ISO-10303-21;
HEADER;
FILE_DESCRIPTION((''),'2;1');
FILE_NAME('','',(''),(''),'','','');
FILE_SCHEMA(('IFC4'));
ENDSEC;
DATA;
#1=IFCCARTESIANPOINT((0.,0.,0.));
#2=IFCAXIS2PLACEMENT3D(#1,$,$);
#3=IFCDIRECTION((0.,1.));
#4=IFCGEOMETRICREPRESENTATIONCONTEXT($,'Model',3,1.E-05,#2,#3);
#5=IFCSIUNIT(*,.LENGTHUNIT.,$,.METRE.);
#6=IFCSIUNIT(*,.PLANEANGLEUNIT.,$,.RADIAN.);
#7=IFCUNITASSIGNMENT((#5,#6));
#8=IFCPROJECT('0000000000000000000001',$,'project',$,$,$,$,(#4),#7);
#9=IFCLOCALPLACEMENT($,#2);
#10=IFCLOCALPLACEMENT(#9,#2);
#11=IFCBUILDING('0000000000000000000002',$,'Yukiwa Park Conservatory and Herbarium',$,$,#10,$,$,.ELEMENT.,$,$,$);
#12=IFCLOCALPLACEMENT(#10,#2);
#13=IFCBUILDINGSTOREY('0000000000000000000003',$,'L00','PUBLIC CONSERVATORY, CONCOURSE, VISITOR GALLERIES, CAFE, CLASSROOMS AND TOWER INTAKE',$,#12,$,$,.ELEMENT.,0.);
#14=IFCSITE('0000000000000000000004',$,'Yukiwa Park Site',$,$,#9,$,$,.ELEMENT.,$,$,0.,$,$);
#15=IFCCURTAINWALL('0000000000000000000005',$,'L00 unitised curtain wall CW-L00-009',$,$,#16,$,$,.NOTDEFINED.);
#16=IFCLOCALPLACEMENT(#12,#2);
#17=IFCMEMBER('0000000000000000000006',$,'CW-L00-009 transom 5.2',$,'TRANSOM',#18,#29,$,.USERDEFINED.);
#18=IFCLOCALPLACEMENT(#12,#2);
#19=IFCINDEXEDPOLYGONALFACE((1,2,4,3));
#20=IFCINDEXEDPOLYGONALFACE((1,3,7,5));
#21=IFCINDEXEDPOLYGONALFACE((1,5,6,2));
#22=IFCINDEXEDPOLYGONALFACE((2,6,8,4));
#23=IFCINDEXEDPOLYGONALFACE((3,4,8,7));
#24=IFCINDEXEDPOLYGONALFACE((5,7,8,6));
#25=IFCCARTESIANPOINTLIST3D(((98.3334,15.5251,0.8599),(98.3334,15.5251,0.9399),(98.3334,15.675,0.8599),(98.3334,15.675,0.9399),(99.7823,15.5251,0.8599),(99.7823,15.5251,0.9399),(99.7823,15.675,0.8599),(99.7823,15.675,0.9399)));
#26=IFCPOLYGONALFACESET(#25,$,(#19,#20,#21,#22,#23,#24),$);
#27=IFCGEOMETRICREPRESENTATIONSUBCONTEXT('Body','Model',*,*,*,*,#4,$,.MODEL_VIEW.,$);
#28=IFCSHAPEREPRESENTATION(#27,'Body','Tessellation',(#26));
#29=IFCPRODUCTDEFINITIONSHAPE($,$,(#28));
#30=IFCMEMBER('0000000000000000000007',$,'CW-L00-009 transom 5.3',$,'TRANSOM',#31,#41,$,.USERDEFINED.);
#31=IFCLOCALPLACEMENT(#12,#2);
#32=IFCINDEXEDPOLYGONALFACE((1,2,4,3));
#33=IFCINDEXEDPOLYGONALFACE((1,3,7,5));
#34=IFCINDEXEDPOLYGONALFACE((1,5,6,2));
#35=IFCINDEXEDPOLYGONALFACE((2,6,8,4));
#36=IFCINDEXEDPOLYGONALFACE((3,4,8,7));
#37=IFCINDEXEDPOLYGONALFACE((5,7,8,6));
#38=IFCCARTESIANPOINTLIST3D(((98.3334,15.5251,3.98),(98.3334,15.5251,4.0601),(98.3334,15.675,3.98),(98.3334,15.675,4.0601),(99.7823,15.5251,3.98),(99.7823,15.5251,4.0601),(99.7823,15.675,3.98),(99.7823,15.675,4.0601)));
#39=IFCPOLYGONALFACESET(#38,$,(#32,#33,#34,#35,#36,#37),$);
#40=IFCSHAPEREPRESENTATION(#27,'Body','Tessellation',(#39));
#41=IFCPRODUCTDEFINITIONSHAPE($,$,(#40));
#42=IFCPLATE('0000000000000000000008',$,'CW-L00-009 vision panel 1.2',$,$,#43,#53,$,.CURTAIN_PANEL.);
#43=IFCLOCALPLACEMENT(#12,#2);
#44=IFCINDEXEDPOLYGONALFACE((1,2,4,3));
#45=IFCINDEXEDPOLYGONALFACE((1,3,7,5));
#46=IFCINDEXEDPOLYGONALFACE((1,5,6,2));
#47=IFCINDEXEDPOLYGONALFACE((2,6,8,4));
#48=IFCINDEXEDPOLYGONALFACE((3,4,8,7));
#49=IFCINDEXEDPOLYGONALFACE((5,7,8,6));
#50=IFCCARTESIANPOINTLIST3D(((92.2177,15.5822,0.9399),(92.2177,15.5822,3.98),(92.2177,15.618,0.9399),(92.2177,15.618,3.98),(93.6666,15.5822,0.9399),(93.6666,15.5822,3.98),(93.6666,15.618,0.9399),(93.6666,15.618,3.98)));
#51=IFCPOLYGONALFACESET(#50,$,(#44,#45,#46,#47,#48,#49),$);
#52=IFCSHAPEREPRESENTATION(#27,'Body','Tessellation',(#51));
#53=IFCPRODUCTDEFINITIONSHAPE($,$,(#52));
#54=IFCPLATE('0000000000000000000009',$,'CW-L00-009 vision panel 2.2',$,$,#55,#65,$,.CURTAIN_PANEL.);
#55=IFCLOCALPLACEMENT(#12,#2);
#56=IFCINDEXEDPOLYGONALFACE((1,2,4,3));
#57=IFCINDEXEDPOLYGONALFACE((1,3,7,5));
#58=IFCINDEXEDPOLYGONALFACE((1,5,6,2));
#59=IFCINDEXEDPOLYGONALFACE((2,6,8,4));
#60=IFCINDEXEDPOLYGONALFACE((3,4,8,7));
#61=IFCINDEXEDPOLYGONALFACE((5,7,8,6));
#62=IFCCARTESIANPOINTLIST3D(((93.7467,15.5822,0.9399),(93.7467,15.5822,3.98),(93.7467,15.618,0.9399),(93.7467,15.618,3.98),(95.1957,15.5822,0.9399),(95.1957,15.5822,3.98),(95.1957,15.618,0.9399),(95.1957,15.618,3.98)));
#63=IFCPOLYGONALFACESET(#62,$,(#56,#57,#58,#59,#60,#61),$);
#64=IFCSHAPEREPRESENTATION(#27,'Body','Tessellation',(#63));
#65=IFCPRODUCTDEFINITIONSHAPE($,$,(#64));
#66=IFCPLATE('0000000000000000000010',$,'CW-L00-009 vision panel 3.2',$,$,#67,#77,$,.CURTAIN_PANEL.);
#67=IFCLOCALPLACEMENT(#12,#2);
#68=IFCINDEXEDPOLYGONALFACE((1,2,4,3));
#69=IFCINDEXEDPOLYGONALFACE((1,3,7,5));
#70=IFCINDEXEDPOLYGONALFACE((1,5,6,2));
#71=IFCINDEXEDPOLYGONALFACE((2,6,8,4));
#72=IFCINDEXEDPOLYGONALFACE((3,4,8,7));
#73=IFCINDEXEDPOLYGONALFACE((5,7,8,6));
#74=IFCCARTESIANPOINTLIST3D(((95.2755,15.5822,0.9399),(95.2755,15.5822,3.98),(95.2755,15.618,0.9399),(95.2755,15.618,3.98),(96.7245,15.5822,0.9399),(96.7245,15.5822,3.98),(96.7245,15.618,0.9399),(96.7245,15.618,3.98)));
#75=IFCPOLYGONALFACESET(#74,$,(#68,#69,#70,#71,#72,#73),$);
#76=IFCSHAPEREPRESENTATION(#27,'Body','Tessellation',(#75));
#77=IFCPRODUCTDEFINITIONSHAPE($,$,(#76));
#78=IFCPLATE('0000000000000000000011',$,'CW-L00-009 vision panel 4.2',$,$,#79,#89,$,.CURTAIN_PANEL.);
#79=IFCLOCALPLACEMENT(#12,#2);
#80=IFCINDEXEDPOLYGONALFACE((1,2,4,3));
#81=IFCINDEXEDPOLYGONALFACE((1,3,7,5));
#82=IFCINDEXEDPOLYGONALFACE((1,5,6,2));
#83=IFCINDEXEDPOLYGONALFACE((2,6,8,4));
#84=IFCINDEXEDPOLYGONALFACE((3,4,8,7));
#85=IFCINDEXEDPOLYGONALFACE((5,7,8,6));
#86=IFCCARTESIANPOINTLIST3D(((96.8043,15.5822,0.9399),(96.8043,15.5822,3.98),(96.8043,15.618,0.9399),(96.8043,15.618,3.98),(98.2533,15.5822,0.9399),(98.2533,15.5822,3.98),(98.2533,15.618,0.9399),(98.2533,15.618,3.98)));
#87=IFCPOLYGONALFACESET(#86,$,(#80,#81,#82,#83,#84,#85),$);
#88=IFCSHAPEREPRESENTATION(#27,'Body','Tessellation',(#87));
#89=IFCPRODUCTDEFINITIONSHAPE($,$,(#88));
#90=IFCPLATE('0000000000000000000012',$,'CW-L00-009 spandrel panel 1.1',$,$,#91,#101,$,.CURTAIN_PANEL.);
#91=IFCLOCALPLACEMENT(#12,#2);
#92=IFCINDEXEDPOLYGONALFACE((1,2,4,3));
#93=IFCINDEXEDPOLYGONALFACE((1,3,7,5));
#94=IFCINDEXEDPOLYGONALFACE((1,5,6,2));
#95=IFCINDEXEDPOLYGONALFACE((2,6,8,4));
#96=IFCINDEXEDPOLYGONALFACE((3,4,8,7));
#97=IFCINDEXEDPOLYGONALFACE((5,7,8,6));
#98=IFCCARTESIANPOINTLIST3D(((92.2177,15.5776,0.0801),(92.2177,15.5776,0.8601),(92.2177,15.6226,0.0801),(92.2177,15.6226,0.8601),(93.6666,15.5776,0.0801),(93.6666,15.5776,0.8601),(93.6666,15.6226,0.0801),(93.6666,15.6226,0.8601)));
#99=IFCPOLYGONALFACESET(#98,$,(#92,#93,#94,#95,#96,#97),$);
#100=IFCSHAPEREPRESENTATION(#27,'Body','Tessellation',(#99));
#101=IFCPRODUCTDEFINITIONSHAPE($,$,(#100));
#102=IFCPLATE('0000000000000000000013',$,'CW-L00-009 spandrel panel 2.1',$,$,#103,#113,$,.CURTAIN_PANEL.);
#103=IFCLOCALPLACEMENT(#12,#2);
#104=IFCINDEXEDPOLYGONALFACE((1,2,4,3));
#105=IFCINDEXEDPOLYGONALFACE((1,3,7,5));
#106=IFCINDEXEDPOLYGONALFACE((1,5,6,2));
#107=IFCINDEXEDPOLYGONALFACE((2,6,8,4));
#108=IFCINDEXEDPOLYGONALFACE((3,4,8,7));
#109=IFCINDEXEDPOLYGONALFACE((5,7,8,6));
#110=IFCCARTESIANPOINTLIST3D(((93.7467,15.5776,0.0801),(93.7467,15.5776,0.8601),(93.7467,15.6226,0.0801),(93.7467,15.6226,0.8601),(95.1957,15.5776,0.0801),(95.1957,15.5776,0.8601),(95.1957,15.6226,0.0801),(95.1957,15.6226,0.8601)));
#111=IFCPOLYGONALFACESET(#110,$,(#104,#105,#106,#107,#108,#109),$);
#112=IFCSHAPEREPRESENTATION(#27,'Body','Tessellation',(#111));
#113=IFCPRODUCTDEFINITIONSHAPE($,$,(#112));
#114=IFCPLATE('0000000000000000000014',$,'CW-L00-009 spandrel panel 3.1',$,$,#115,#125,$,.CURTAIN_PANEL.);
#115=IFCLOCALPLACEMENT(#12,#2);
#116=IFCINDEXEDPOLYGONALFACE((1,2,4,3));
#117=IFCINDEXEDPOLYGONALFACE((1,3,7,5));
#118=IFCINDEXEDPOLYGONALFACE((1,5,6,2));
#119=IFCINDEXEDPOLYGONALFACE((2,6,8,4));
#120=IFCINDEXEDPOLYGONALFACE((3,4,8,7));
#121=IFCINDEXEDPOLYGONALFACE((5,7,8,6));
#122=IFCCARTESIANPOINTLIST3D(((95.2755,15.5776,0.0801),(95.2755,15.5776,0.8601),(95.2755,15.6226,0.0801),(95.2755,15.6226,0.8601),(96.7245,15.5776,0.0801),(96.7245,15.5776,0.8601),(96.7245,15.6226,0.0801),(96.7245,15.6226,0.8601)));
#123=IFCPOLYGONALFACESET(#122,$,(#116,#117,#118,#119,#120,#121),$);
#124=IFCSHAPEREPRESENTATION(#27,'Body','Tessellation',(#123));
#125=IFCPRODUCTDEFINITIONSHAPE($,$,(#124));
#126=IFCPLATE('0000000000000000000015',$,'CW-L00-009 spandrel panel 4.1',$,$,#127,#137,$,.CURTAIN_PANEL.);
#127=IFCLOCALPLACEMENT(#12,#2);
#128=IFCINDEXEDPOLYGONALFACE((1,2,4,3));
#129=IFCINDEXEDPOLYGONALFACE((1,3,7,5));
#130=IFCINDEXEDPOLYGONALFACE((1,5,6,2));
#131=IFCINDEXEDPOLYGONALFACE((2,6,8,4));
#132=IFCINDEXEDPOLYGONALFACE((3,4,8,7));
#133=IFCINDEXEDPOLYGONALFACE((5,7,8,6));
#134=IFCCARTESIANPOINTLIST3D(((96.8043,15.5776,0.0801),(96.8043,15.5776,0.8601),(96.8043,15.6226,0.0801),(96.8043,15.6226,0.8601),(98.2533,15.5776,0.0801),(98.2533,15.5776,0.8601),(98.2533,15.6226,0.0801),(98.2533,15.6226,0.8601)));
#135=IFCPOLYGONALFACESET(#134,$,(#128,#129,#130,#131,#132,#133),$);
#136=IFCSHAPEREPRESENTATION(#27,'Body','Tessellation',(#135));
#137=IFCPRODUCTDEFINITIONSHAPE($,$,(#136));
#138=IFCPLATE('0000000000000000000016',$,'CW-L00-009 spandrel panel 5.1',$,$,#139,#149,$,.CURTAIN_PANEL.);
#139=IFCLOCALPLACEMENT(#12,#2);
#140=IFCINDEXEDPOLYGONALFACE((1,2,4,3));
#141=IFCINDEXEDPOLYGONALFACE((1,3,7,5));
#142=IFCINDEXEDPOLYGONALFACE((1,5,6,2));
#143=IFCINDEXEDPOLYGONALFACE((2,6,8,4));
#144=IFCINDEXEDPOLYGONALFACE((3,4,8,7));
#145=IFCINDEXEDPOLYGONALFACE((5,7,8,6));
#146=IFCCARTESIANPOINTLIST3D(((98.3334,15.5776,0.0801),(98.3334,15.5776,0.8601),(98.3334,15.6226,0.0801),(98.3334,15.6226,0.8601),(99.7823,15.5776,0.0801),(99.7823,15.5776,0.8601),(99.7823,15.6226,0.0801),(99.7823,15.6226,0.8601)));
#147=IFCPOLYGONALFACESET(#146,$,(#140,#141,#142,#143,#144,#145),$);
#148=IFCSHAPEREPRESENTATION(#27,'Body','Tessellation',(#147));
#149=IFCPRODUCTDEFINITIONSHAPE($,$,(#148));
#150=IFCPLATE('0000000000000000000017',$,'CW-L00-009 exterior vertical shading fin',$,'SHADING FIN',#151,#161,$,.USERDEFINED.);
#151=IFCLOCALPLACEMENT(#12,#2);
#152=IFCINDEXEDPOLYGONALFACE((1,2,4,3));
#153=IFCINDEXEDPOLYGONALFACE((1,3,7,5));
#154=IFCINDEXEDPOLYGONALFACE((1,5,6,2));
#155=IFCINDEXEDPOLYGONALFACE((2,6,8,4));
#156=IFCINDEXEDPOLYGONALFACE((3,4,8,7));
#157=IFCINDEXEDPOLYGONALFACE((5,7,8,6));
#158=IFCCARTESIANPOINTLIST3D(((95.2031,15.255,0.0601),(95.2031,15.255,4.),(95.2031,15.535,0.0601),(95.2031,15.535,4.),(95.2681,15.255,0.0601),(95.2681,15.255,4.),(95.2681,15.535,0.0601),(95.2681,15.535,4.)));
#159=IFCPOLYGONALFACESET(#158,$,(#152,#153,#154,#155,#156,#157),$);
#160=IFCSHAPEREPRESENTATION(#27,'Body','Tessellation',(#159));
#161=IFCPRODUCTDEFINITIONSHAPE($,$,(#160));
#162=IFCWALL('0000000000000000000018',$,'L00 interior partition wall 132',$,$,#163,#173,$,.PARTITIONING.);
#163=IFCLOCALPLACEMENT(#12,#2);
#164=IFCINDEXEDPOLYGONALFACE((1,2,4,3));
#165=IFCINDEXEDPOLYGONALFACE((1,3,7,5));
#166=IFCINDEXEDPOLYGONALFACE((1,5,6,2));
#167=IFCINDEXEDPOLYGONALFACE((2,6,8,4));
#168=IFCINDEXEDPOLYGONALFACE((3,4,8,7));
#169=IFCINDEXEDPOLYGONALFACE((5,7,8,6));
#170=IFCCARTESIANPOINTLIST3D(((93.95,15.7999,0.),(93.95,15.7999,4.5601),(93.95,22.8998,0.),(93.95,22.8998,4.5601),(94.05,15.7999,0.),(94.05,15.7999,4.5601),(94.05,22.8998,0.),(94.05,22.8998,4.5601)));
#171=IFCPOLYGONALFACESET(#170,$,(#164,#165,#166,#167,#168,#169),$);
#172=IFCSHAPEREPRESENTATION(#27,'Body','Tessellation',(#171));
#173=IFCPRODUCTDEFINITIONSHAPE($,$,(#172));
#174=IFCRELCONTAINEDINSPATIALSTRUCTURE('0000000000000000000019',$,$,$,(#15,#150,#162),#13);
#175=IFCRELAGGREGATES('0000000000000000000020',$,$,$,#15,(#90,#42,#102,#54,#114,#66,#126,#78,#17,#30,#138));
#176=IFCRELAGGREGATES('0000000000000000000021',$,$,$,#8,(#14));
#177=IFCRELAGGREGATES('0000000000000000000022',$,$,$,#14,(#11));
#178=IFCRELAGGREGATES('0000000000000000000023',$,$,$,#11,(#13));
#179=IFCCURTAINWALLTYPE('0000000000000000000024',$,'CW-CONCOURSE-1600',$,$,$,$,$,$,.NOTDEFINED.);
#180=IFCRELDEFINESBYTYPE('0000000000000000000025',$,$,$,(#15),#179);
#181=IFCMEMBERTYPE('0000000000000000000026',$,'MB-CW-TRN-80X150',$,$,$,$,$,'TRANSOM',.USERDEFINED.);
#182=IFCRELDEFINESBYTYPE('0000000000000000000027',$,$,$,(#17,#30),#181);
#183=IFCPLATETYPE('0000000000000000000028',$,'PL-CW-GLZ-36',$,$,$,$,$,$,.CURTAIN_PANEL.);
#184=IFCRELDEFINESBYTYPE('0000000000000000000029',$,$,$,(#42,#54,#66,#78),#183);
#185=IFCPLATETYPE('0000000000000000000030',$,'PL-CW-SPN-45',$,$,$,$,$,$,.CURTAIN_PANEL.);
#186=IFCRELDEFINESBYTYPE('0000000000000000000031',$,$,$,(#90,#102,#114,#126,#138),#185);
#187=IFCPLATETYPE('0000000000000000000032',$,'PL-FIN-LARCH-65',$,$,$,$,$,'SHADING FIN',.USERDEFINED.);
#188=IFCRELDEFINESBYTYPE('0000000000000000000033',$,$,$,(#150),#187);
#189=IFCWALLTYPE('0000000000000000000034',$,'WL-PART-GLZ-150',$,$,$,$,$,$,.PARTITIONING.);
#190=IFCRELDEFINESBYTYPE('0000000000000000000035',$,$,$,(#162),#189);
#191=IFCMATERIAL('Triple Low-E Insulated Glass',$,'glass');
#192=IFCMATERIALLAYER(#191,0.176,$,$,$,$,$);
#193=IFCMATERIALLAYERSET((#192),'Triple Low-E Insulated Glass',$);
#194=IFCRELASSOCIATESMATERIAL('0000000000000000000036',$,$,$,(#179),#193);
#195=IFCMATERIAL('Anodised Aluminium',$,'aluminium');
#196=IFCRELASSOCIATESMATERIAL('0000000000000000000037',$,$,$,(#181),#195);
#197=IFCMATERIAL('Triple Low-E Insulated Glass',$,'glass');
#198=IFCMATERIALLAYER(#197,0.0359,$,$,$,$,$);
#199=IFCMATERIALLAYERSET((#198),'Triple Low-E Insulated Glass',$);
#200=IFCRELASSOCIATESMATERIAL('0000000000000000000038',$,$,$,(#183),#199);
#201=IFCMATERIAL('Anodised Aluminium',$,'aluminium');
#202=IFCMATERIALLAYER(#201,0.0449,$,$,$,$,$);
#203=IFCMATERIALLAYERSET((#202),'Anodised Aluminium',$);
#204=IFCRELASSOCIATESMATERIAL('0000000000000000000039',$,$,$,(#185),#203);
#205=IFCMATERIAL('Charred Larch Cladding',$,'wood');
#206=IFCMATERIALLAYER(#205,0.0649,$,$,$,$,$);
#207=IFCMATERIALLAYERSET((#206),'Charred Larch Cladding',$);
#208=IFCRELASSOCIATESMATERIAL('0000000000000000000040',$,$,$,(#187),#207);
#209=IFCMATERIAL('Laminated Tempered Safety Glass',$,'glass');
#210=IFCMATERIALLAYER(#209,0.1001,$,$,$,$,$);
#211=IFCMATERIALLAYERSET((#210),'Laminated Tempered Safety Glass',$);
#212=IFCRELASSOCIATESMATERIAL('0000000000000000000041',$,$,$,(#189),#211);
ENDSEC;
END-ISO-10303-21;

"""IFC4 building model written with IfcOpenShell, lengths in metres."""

from ifc_helpers import new_model, si_unit, direction, frame, frame_2d, origin, origin_2d, place, context, subcontext, project, spatial, rectangle, extrude, material, layer, layer_set, type_object, element, aggregate, save


model = new_model("IFC4")

# Units and contexts
model_context = context("Model", 3, precision=1e-05, world=origin(), true_north=direction((0.0, 1.0)))
body_context = subcontext(model_context, "Body", "Model", "MODEL_VIEW")
ifc_project = project(units=[si_unit("LENGTHUNIT", "METRE"), si_unit("PLANEANGLEUNIT", "RADIAN")], contexts=[model_context])

# Site, building, storey
site_placement = place(None, origin())
site = spatial("IfcSite", under=ifc_project, at=site_placement, Name="Yukiwa Park Site", CompositionType="ELEMENT", RefElevation=0.0)
building_placement = place(site_placement, origin())
building = spatial("IfcBuilding", under=site, at=building_placement, Name="Yukiwa Park Conservatory and Herbarium", CompositionType="ELEMENT")
storey_placement = place(building_placement, origin())
storey = spatial("IfcBuildingStorey", under=building, at=storey_placement, Name="L00", Description="PUBLIC CONSERVATORY, CONCOURSE, VISITOR GALLERIES, CAFE, CLASSROOMS AND TOWER INTAKE", CompositionType="ELEMENT", Elevation=0.0)

# Curtain wall, members, plates
ifc_material_1 = material(Name="Triple Low-E Insulated Glass", Category="glass")
ifc_layer_1 = layer(ifc_material_1, 0.176)
ifc_layer_set_1 = layer_set([ifc_layer_1], Name="Triple Low-E Insulated Glass")
curtain_wall_type = type_object("IfcCurtainWallType", Name="CW-CONCOURSE-1600", PredefinedType="NOTDEFINED", material=ifc_layer_set_1)
curtain_wall_placement = place(storey_placement, origin())
curtain_wall = element("IfcCurtainWall", 1, at=curtain_wall_placement, inside=storey, type_object=curtain_wall_type, Name="L00 unitised curtain wall CW-L00-009", PredefinedType="NOTDEFINED")
ifc_material_2 = material(Name="Anodised Aluminium", Category="aluminium")
member_type_1 = type_object("IfcMemberType", Name="MB-CW-TRN-80X150", ElementType="TRANSOM", PredefinedType="USERDEFINED", material=ifc_material_2)
member_1_placement = place(storey_placement, frame((99.0579, 15.6001, 0.8599), z_axis=(0.0, 0.0, 1.0), x_axis=(1.0, 0.0, 0.0)))
member_1 = element("IfcMember", 2, at=member_1_placement, type_object=member_type_1, Name="CW-L00-009 transom 5.2", ObjectType="TRANSOM", PredefinedType="USERDEFINED", context=body_context, shape_type="SweptSolid", body=[
    extrude(rectangle(XDim=1.449, YDim=0.1499, at=origin_2d()), origin(), (0.0, 0.0, 1.0), 0.0801),
])
member_2_placement = place(storey_placement, frame((99.0579, 15.6001, 3.98), z_axis=(0.0, 0.0, 1.0), x_axis=(1.0, 0.0, 0.0)))
member_2 = element("IfcMember", 3, at=member_2_placement, type_object=member_type_1, Name="CW-L00-009 transom 5.3", ObjectType="TRANSOM", PredefinedType="USERDEFINED", context=body_context, shape_type="SweptSolid", body=[
    extrude(rectangle(XDim=1.449, YDim=0.1499, at=origin_2d()), origin(), (0.0, 0.0, 1.0), 0.0801),
])
ifc_material_3 = material(Name="Triple Low-E Insulated Glass", Category="glass")
ifc_layer_2 = layer(ifc_material_3, 0.0359)
ifc_layer_set_2 = layer_set([ifc_layer_2], Name="Triple Low-E Insulated Glass")
plate_type_1 = type_object("IfcPlateType", Name="PL-CW-GLZ-36", PredefinedType="CURTAIN_PANEL", material=ifc_layer_set_2)
plate_1_placement = place(storey_placement, frame((92.9421, 15.6001, 0.9399), z_axis=(0.0, 0.0, 1.0), x_axis=(1.0, 0.0, 0.0)))
plate_1 = element("IfcPlate", 4, at=plate_1_placement, type_object=plate_type_1, Name="CW-L00-009 vision panel 1.2", PredefinedType="CURTAIN_PANEL", context=body_context, shape_type="SweptSolid", body=[
    extrude(rectangle(XDim=1.449, YDim=0.0359, at=origin_2d()), origin(), (0.0, 0.0, 1.0), 3.04),
])
plate_2_placement = place(storey_placement, frame((94.4712, 15.6001, 0.9399), z_axis=(0.0, 0.0, 1.0), x_axis=(1.0, 0.0, 0.0)))
plate_2 = element("IfcPlate", 5, at=plate_2_placement, type_object=plate_type_1, Name="CW-L00-009 vision panel 2.2", PredefinedType="CURTAIN_PANEL", context=body_context, shape_type="SweptSolid", body=[
    extrude(rectangle(XDim=1.449, YDim=0.0359, at=origin_2d()), origin(), (0.0, 0.0, 1.0), 3.04),
])
plate_3_placement = place(storey_placement, frame((96.0, 15.6001, 0.9399), z_axis=(0.0, 0.0, 1.0), x_axis=(1.0, 0.0, 0.0)))
plate_3 = element("IfcPlate", 6, at=plate_3_placement, type_object=plate_type_1, Name="CW-L00-009 vision panel 3.2", PredefinedType="CURTAIN_PANEL", context=body_context, shape_type="SweptSolid", body=[
    extrude(rectangle(XDim=1.449, YDim=0.0359, at=origin_2d()), origin(), (0.0, 0.0, 1.0), 3.04),
])
plate_4_placement = place(storey_placement, frame((97.5288, 15.6001, 0.9399), z_axis=(0.0, 0.0, 1.0), x_axis=(1.0, 0.0, 0.0)))
plate_4 = element("IfcPlate", 7, at=plate_4_placement, type_object=plate_type_1, Name="CW-L00-009 vision panel 4.2", PredefinedType="CURTAIN_PANEL", context=body_context, shape_type="SweptSolid", body=[
    extrude(rectangle(XDim=1.449, YDim=0.0359, at=origin_2d()), origin(), (0.0, 0.0, 1.0), 3.04),
])
ifc_material_4 = material(Name="Anodised Aluminium", Category="aluminium")
ifc_layer_3 = layer(ifc_material_4, 0.0449)
ifc_layer_set_3 = layer_set([ifc_layer_3], Name="Anodised Aluminium")
plate_type_2 = type_object("IfcPlateType", Name="PL-CW-SPN-45", PredefinedType="CURTAIN_PANEL", material=ifc_layer_set_3)
plate_5_placement = place(storey_placement, frame((92.9421, 15.6001, 0.0801), z_axis=(0.0, 0.0, 1.0), x_axis=(1.0, 0.0, 0.0)))
plate_5 = element("IfcPlate", 8, at=plate_5_placement, type_object=plate_type_2, Name="CW-L00-009 spandrel panel 1.1", PredefinedType="CURTAIN_PANEL", context=body_context, shape_type="SweptSolid", body=[
    extrude(rectangle(XDim=1.449, YDim=0.0449, at=origin_2d()), origin(), (0.0, 0.0, 1.0), 0.78),
])
plate_6_placement = place(storey_placement, frame((94.4712, 15.6001, 0.0801), z_axis=(0.0, 0.0, 1.0), x_axis=(1.0, 0.0, 0.0)))
plate_6 = element("IfcPlate", 9, at=plate_6_placement, type_object=plate_type_2, Name="CW-L00-009 spandrel panel 2.1", PredefinedType="CURTAIN_PANEL", context=body_context, shape_type="SweptSolid", body=[
    extrude(rectangle(XDim=1.449, YDim=0.0449, at=origin_2d()), origin(), (0.0, 0.0, 1.0), 0.78),
])
plate_7_placement = place(storey_placement, frame((96.0, 15.6001, 0.0801), z_axis=(0.0, 0.0, 1.0), x_axis=(1.0, 0.0, 0.0)))
plate_7 = element("IfcPlate", 10, at=plate_7_placement, type_object=plate_type_2, Name="CW-L00-009 spandrel panel 3.1", PredefinedType="CURTAIN_PANEL", context=body_context, shape_type="SweptSolid", body=[
    extrude(rectangle(XDim=1.449, YDim=0.0449, at=origin_2d()), origin(), (0.0, 0.0, 1.0), 0.78),
])
plate_8_placement = place(storey_placement, frame((97.5288, 15.6001, 0.0801), z_axis=(0.0, 0.0, 1.0), x_axis=(1.0, 0.0, 0.0)))
plate_8 = element("IfcPlate", 11, at=plate_8_placement, type_object=plate_type_2, Name="CW-L00-009 spandrel panel 4.1", PredefinedType="CURTAIN_PANEL", context=body_context, shape_type="SweptSolid", body=[
    extrude(rectangle(XDim=1.449, YDim=0.0449, at=origin_2d()), origin(), (0.0, 0.0, 1.0), 0.78),
])
plate_9_placement = place(storey_placement, frame((99.0579, 15.6001, 0.0801), z_axis=(0.0, 0.0, 1.0), x_axis=(1.0, 0.0, 0.0)))
plate_9 = element("IfcPlate", 12, at=plate_9_placement, type_object=plate_type_2, Name="CW-L00-009 spandrel panel 5.1", PredefinedType="CURTAIN_PANEL", context=body_context, shape_type="SweptSolid", body=[
    extrude(rectangle(XDim=1.449, YDim=0.0449, at=origin_2d()), origin(), (0.0, 0.0, 1.0), 0.78),
])
aggregate(curtain_wall, [plate_5, plate_1, plate_6, plate_2, plate_7, plate_3, plate_8, plate_4, member_1, member_2, plate_9])

# Plate
ifc_material_5 = material(Name="Charred Larch Cladding", Category="wood")
ifc_layer_4 = layer(ifc_material_5, 0.0649)
ifc_layer_set_4 = layer_set([ifc_layer_4], Name="Charred Larch Cladding")
plate_type_3 = type_object("IfcPlateType", Name="PL-FIN-LARCH-65", ElementType="SHADING FIN", PredefinedType="USERDEFINED", material=ifc_layer_set_4)
plate_10_placement = place(storey_placement, frame((95.2356, 15.395, 0.0601), z_axis=(0.0, 0.0, 1.0), x_axis=(1.0, 0.0, 0.0)))
element("IfcPlate", 13, at=plate_10_placement, inside=storey, type_object=plate_type_3, Name="CW-L00-009 exterior vertical shading fin", ObjectType="SHADING FIN", PredefinedType="USERDEFINED", context=body_context, shape_type="SweptSolid", body=[
    extrude(rectangle(XDim=0.0649, YDim=0.28, at=origin_2d()), origin(), (0.0, 0.0, 1.0), 3.9399),
])

# Wall
ifc_material_6 = material(Name="Laminated Tempered Safety Glass", Category="glass")
ifc_layer_5 = layer(ifc_material_6, 0.1001)
ifc_layer_set_5 = layer_set([ifc_layer_5], Name="Laminated Tempered Safety Glass")
wall_type = type_object("IfcWallType", Name="WL-PART-GLZ-150", PredefinedType="PARTITIONING", material=ifc_layer_set_5)
wall_placement = place(storey_placement, frame((94.0, 15.8, 0.0), z_axis=(0.0, 0.0, 1.0), x_axis=(0.0, 1.0, 0.0)))
element("IfcWall", 14, at=wall_placement, inside=storey, type_object=wall_type, Name="L00 interior partition wall 132", PredefinedType="PARTITIONING", context=body_context, shape_type="SweptSolid", body=[
    extrude(rectangle(XDim=7.0999, YDim=0.1001, at=frame_2d((3.5498, 0.0))), origin(), (0.0, 0.0, 1.0), 4.5601),
])

save(model, "model.ifc")
